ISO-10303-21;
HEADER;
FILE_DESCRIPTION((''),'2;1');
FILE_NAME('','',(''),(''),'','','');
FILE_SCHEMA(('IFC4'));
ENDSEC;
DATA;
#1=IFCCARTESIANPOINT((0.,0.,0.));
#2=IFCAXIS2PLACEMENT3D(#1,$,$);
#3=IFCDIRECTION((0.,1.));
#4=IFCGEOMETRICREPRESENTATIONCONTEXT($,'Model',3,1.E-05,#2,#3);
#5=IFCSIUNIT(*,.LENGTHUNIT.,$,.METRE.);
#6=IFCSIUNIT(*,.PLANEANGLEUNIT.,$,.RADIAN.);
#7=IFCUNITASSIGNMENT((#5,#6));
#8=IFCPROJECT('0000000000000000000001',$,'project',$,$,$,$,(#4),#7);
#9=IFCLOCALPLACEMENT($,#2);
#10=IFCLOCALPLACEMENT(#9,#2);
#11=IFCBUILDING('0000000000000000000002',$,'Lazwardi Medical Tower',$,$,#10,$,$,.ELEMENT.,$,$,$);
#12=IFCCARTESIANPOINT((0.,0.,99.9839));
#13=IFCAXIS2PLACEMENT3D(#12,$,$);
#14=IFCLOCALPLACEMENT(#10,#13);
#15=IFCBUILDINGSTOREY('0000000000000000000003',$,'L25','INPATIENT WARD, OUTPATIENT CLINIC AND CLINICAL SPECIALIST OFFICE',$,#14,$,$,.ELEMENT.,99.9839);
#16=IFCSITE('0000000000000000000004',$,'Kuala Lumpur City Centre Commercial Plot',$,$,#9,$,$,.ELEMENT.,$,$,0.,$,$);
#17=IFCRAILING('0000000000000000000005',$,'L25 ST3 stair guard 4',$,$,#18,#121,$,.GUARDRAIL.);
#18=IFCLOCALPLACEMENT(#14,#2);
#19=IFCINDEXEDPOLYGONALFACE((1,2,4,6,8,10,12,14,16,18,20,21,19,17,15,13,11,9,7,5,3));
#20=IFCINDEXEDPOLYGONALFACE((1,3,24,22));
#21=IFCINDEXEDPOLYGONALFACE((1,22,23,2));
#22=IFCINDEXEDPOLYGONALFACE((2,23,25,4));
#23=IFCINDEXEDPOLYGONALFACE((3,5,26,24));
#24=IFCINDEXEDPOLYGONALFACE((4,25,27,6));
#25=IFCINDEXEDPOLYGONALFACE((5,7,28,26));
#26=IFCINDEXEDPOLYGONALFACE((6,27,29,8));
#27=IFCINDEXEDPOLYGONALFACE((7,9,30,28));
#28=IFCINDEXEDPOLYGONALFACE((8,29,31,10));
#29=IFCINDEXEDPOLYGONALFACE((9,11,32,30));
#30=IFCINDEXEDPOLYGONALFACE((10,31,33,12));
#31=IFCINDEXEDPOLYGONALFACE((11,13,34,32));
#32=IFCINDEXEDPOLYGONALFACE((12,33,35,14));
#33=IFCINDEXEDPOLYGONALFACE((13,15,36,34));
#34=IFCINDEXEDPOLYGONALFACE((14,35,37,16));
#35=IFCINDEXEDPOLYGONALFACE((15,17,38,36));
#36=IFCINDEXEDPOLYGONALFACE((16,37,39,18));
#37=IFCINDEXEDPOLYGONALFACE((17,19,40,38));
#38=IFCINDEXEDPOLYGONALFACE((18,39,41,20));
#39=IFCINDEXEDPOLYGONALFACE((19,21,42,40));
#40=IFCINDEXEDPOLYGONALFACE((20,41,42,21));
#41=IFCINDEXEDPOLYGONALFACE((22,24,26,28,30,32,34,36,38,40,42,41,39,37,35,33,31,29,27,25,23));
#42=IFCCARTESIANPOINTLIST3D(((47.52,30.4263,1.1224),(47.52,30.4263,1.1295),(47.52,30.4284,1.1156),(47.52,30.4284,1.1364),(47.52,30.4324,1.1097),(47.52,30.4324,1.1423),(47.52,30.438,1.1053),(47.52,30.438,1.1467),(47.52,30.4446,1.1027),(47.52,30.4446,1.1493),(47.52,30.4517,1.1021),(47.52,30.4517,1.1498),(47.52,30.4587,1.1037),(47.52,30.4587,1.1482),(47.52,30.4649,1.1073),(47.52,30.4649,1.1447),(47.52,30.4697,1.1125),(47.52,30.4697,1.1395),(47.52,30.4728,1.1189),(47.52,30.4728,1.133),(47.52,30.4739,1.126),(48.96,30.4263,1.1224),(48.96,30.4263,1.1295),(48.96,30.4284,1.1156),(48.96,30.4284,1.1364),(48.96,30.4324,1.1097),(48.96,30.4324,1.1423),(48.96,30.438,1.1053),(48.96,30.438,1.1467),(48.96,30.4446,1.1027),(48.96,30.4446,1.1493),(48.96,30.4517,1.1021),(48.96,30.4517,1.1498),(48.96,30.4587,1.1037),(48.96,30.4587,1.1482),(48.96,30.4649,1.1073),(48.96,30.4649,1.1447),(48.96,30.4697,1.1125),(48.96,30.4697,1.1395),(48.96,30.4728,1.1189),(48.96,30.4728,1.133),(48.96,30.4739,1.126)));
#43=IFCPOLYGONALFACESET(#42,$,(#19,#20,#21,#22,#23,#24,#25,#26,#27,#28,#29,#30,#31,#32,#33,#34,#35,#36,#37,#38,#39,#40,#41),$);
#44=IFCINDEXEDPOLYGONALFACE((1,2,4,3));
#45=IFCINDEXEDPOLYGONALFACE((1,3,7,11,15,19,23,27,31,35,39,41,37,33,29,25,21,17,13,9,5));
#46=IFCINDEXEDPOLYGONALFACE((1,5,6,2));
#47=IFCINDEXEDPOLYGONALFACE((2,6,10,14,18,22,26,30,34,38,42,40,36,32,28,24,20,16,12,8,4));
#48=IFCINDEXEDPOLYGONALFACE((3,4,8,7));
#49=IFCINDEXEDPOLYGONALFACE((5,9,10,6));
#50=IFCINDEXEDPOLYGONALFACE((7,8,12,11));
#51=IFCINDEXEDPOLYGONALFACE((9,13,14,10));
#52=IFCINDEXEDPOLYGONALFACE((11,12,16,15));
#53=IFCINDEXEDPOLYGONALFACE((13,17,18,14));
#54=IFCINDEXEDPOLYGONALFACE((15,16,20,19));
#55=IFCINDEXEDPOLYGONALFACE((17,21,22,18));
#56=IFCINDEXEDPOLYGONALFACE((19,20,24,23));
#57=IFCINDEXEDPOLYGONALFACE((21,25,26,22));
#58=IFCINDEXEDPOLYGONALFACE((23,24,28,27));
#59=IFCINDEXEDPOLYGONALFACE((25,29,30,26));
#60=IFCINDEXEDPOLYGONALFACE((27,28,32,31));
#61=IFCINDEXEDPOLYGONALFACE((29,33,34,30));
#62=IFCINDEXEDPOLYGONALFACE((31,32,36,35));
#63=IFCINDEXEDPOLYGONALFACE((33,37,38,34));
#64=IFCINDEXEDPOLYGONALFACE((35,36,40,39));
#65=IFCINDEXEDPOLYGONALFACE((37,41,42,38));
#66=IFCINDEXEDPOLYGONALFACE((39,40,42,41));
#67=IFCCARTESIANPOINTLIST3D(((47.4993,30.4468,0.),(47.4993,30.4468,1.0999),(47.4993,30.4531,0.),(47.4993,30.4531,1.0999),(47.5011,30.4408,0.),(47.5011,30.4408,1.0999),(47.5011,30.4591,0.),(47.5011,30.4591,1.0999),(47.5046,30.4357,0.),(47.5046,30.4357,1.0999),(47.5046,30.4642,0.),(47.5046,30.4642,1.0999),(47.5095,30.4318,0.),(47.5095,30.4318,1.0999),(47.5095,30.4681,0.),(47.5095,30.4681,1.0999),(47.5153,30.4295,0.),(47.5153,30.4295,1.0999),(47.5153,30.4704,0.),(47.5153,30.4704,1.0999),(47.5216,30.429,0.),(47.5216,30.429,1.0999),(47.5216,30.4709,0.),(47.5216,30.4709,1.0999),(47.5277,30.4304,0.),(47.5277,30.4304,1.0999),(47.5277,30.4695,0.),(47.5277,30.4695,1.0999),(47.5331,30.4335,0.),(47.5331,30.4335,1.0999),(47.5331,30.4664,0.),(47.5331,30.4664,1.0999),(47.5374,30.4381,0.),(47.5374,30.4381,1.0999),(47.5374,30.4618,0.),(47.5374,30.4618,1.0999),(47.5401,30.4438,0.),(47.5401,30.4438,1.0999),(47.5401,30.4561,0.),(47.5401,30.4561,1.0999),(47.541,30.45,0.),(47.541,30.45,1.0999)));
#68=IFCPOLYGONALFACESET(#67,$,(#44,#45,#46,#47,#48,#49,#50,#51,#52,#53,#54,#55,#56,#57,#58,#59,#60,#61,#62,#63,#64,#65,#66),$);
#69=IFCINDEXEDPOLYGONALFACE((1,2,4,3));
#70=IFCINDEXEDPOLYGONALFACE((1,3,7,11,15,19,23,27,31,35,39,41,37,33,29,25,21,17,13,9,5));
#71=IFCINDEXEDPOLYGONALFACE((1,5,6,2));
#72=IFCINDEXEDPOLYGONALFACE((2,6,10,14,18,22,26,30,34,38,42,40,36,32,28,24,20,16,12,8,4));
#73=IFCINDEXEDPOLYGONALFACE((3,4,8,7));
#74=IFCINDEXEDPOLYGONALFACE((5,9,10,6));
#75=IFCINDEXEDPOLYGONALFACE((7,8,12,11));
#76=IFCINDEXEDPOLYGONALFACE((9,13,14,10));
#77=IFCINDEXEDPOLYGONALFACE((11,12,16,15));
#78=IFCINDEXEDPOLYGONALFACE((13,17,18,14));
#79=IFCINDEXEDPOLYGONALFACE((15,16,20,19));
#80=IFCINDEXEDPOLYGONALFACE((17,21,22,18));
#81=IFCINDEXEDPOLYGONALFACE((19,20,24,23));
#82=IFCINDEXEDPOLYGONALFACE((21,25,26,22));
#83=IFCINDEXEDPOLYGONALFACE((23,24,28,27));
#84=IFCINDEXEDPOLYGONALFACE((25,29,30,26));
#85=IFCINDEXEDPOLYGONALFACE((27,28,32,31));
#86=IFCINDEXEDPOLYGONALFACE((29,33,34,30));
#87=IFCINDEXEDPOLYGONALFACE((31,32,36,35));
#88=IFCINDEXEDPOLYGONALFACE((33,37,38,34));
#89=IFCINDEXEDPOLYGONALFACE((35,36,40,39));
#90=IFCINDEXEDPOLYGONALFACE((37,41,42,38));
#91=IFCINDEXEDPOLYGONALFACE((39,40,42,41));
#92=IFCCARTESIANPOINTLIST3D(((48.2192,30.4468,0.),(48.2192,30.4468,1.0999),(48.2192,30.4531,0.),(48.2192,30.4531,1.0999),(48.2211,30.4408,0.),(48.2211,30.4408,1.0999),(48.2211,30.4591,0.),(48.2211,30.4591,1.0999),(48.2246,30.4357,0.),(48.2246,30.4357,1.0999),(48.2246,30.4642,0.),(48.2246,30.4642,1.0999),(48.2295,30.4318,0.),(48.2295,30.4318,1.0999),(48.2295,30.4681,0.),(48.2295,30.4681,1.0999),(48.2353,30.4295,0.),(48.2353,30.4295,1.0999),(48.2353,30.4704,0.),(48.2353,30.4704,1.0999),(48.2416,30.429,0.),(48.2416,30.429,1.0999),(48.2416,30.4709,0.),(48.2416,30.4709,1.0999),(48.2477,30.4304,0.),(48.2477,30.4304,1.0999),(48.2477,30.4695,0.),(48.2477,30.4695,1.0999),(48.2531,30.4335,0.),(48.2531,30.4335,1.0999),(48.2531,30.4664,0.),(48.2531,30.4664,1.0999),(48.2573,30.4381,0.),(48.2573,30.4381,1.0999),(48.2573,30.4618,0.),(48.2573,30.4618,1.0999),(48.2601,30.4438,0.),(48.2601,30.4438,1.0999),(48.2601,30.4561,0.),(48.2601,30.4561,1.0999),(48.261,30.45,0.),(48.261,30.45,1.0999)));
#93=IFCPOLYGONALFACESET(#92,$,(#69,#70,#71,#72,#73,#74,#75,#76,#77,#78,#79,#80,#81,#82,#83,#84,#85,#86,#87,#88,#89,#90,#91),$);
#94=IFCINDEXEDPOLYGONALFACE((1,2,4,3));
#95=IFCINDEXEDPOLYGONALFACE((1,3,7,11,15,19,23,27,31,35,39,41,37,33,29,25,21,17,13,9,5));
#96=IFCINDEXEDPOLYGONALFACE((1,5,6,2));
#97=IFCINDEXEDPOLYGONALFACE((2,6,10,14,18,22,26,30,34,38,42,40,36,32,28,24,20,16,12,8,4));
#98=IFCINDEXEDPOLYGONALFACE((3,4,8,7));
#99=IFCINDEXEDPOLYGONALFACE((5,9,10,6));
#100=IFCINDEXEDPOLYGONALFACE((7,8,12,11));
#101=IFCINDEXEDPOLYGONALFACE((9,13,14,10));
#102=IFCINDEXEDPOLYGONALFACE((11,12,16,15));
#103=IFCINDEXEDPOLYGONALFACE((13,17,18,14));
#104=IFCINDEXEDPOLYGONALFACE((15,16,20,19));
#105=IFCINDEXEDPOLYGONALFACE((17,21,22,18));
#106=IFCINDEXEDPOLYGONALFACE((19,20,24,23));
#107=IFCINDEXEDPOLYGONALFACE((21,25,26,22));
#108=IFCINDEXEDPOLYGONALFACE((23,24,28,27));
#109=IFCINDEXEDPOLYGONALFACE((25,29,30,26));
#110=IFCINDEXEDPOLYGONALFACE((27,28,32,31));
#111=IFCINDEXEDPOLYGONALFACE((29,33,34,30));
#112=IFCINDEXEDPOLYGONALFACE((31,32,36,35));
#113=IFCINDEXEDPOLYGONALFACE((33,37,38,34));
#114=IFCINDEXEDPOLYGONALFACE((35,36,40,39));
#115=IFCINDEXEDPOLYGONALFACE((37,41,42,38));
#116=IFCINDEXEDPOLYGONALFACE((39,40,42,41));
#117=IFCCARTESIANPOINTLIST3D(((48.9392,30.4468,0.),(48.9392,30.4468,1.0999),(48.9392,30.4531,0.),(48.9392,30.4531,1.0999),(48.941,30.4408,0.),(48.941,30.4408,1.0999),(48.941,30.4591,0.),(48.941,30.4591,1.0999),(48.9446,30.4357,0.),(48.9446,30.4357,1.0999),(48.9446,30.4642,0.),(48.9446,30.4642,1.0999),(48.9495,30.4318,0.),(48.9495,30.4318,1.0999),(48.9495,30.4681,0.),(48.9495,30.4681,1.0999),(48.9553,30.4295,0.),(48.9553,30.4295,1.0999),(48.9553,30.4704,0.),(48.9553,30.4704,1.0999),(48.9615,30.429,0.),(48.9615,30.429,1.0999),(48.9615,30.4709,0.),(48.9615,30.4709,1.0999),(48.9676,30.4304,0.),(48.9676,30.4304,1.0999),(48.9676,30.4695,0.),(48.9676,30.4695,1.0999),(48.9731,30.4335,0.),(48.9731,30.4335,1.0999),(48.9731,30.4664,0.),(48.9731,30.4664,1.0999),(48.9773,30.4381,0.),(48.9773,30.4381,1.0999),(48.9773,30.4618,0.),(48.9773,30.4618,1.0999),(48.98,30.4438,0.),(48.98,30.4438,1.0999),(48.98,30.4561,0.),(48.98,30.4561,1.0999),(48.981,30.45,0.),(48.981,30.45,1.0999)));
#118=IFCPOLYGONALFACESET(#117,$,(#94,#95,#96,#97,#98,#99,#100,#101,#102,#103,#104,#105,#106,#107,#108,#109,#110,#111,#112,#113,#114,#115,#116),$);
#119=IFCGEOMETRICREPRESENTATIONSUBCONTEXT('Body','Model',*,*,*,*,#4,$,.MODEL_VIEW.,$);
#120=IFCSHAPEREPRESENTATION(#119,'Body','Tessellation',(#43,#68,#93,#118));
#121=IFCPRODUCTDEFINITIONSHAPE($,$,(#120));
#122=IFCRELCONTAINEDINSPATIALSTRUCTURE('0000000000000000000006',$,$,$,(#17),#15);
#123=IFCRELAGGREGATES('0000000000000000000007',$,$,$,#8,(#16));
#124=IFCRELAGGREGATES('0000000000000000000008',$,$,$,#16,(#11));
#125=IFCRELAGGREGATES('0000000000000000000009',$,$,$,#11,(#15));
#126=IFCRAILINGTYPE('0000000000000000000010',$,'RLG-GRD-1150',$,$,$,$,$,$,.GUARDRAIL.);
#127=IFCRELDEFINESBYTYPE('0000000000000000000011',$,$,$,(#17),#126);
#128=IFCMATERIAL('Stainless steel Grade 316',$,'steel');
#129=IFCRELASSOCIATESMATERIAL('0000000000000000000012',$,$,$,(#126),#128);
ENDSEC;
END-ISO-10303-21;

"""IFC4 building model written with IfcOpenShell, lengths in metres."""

from ifc_helpers import new_model, si_unit, direction, frame, origin, origin_2d, place, context, subcontext, project, spatial, circle, extrude, material, type_object, element, save


model = new_model("IFC4")

# Units and contexts
model_context = context("Model", 3, precision=1e-05, world=origin(), true_north=direction((0.0, 1.0)))
body_context = subcontext(model_context, "Body", "Model", "MODEL_VIEW")
ifc_project = project(units=[si_unit("LENGTHUNIT", "METRE"), si_unit("PLANEANGLEUNIT", "RADIAN")], contexts=[model_context])

# Site, building, storey
site_placement = place(None, origin())
site = spatial("IfcSite", under=ifc_project, at=site_placement, Name="Kuala Lumpur City Centre Commercial Plot", CompositionType="ELEMENT", RefElevation=0.0)
building_placement = place(site_placement, origin())
building = spatial("IfcBuilding", under=site, at=building_placement, Name="Lazwardi Medical Tower", CompositionType="ELEMENT")
storey_placement = place(building_placement, frame((0.0, 0.0, 99.9839)))
storey = spatial("IfcBuildingStorey", under=building, at=storey_placement, Name="L25", Description="INPATIENT WARD, OUTPATIENT CLINIC AND CLINICAL SPECIALIST OFFICE", CompositionType="ELEMENT", Elevation=99.9839)

# Railing
ifc_material_1 = material(Name="Stainless steel Grade 316", Category="steel")
railing_type_1 = type_object("IfcRailingType", Name="RLG-GRD-1150", PredefinedType="GUARDRAIL", material=ifc_material_1)
railing_1_placement = place(storey_placement, frame((47.52, 30.45, 0.0)))
element("IfcRailing", 1, at=railing_1_placement, inside=storey, type_object=railing_type_1, Name="L25 ST3 stair guard 4", PredefinedType="GUARDRAIL", context=body_context, shape_type="SweptSolid", body=[
    extrude(circle(Radius=0.0239, at=origin_2d()), frame((0.0, 0.0, 1.126), z_axis=(1.0, 0.0, 0.0), x_axis=(0.0, 1.0, 0.0)), (0.0, 0.0, 1.0), 1.4399),
    extrude(circle(Radius=0.021, at=origin_2d()), origin(), (0.0, 0.0, 1.0), 1.0999),
    extrude(circle(Radius=0.021, at=origin_2d()), frame((0.72, 0.0, 0.0)), (0.0, 0.0, 1.0), 1.0999),
    extrude(circle(Radius=0.021, at=origin_2d()), frame((1.4399, 0.0, 0.0)), (0.0, 0.0, 1.0), 1.0999),
])

save(model, "model.ifc")
